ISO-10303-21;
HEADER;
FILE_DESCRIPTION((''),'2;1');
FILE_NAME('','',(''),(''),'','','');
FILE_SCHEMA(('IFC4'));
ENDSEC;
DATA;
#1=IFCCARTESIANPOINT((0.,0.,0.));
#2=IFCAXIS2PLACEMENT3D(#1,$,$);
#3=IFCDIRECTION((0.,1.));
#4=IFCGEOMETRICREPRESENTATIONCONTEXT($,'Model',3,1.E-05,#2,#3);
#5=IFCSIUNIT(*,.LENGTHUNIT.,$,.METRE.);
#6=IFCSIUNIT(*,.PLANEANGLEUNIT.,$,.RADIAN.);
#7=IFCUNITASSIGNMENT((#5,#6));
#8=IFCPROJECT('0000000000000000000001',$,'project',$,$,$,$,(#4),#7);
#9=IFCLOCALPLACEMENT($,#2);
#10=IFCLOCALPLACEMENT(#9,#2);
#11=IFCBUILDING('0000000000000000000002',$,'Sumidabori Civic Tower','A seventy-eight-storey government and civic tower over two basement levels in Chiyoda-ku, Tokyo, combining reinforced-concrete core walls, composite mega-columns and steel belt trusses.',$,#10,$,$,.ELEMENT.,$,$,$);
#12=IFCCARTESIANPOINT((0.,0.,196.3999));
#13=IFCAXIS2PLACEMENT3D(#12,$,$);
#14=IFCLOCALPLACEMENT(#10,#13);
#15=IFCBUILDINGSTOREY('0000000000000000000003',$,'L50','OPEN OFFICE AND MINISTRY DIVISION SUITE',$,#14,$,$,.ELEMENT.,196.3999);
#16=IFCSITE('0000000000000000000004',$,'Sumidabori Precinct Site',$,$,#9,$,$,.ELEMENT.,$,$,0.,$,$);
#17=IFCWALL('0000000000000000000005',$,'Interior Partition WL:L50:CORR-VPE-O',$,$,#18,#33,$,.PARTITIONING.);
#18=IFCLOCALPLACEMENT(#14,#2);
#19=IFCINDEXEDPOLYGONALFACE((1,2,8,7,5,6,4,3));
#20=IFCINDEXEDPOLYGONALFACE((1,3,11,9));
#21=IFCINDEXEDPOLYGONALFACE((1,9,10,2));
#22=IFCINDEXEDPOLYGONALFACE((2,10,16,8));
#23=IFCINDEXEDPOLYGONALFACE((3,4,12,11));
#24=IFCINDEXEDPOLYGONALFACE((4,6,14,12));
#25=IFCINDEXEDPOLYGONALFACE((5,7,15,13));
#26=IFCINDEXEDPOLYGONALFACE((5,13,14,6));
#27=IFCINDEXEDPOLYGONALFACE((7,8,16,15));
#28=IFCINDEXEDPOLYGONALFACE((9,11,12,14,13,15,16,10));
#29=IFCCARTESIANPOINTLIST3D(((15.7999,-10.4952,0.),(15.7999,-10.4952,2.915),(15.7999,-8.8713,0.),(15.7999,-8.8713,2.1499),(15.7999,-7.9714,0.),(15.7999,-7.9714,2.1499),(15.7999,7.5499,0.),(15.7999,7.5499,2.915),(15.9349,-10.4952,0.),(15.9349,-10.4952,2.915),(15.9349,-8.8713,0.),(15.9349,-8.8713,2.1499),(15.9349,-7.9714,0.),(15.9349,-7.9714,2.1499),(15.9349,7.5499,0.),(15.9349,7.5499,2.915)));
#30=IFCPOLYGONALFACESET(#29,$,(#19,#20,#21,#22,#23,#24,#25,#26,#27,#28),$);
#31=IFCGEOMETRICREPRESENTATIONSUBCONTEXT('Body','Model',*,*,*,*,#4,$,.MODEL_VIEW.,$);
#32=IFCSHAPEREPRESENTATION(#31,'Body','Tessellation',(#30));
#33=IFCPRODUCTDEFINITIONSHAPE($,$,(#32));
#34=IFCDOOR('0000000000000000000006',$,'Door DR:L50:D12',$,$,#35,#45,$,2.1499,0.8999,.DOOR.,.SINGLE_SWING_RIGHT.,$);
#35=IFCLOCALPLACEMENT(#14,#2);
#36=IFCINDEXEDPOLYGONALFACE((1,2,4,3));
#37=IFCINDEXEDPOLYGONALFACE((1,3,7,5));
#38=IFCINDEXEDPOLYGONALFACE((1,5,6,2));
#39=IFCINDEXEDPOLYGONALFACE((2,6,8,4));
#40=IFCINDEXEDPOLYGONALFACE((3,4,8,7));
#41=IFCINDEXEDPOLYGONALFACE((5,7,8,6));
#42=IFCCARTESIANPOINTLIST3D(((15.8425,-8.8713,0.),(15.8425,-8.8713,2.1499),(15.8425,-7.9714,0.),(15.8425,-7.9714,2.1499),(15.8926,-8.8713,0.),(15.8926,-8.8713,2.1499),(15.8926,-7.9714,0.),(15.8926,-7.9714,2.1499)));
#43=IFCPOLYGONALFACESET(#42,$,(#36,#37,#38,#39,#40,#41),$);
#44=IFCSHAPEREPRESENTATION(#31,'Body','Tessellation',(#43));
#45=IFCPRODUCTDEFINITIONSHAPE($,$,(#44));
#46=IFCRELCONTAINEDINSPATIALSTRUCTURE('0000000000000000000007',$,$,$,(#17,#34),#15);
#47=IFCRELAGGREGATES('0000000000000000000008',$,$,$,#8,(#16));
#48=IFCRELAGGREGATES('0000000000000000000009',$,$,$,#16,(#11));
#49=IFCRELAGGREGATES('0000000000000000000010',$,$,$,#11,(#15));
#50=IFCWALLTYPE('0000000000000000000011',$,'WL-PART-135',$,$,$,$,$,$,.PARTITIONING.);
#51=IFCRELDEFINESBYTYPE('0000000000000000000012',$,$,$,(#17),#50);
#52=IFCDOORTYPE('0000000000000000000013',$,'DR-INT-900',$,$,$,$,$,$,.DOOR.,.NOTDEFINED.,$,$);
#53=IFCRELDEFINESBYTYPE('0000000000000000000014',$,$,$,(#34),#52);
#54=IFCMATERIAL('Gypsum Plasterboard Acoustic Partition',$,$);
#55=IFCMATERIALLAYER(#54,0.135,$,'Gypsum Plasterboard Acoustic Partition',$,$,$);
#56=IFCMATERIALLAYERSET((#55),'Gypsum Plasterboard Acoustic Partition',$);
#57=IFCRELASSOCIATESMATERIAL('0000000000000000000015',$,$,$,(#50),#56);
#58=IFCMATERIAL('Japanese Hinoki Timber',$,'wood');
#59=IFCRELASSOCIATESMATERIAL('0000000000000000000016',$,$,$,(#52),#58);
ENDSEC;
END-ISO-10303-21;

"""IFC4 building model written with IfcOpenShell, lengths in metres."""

from ifc_helpers import new_model, si_unit, direction, frame, frame_2d, origin, place, context, subcontext, project, spatial, rectangle, extrude, source, transform, mapped, material, layer, layer_set, type_object, element, fill, save


model = new_model("IFC4")

# Units and contexts
model_context = context("Model", 3, precision=1e-05, world=origin(), true_north=direction((0.0, 1.0)))
body_context = subcontext(model_context, "Body", "Model", "MODEL_VIEW")
ifc_project = project(units=[si_unit("LENGTHUNIT", "METRE"), si_unit("PLANEANGLEUNIT", "RADIAN")], contexts=[model_context])

# Site, building, storey
site_placement = place(None, origin())
site = spatial("IfcSite", under=ifc_project, at=site_placement, Name="Sumidabori Precinct Site", CompositionType="ELEMENT", RefElevation=0.0)
building_placement = place(site_placement, origin())
building = spatial("IfcBuilding", under=site, at=building_placement, Name="Sumidabori Civic Tower", Description="A seventy-eight-storey government and civic tower over two basement levels in Chiyoda-ku, Tokyo, combining reinforced-concrete core walls, composite mega-columns and steel belt trusses.", CompositionType="ELEMENT")
storey_placement = place(building_placement, frame((0.0, 0.0, 196.3999)))
storey = spatial("IfcBuildingStorey", under=building, at=storey_placement, Name="L50", Description="OPEN OFFICE AND MINISTRY DIVISION SUITE", CompositionType="ELEMENT", Elevation=196.3999)

# Shared definitions
ifc_material_1 = material(Name="Gypsum Plasterboard Acoustic Partition")
ifc_layer_1 = layer(ifc_material_1, 0.135, Name="Gypsum Plasterboard Acoustic Partition")
ifc_layer_set_1 = layer_set([ifc_layer_1], Name="Gypsum Plasterboard Acoustic Partition")
wall_type = type_object("IfcWallType", Name="WL-PART-135", PredefinedType="PARTITIONING", material=ifc_layer_set_1)

# Shared definitions
shared_shape_1 = source(origin(), body_context, "Body", "SweptSolid", [
    extrude(rectangle(XDim=18.0452, YDim=0.135, at=frame_2d((9.0225, 0.0))), origin(), (0.0, 0.0, 1.0), 2.915),
])
ifc_material_2 = material(Name="Japanese Hinoki Timber", Category="wood")
door_type = type_object("IfcDoorType", Name="DR-INT-900", OperationType="NOTDEFINED", PredefinedType="DOOR", material=ifc_material_2)
shared_shape_2 = source(origin(), body_context, "Body", "SweptSolid", [
    extrude(rectangle(XDim=0.8999, YDim=2.1499, at=frame_2d((0.45, 1.075))), frame((0.0, 0.0249, 0.0), z_axis=(0.0, -1.0, 0.0), x_axis=(1.0, 0.0, 0.0)), (0.0, 0.0, 1.0), 0.05),
])

# Wall, opening, door
wall_1_placement = place(storey_placement, frame((15.8674, -10.4951, 0.0), z_axis=(0.0, 0.0, 1.0), x_axis=(0.0, 1.0, 0.0)))
wall_1 = element("IfcWall", 1, at=wall_1_placement, inside=storey, type_object=wall_type, Name="Interior Partition WL:L50:CORR-VPE-O", PredefinedType="PARTITIONING", context=body_context, shape_type="MappedRepresentation", body=[
    mapped(shared_shape_1, transform((0.0, 0.0, 0.0), x_axis=(1.0, 0.0, 0.0), y_axis=(0.0, 1.0, 0.0), z_axis=(0.0, 0.0, 1.0), scale=1.0)),
])
opening_1_placement = place(wall_1_placement, frame((1.6238, 0.0, 0.0)))
opening_1 = element("IfcOpeningElement", 2, at=opening_1_placement, cuts=wall_1, PredefinedType="OPENING", context=body_context, shape_type="SweptSolid", body=[
    extrude(rectangle(XDim=0.8999, YDim=2.1499, at=frame_2d((0.45, 1.075))), frame((0.0, 0.0796, 0.0), z_axis=(0.0, -1.0, 0.0), x_axis=(1.0, 0.0, 0.0)), (0.0, 0.0, 1.0), 0.1589),
])
door_1_placement = place(opening_1_placement, origin())
door_1 = element("IfcDoor", 3, at=door_1_placement, inside=storey, type_object=door_type, Name="Door DR:L50:D12", OperationType="SINGLE_SWING_RIGHT", OverallHeight=2.1499, OverallWidth=0.8999, PredefinedType="DOOR", context=body_context, shape_type="MappedRepresentation", body=[
    mapped(shared_shape_2, transform((0.0, 0.0, 0.0), x_axis=(1.0, 0.0, 0.0), y_axis=(0.0, 1.0, 0.0), z_axis=(0.0, 0.0, 1.0), scale=1.0)),
])
fill(opening_1, door_1)

save(model, "model.ifc")
